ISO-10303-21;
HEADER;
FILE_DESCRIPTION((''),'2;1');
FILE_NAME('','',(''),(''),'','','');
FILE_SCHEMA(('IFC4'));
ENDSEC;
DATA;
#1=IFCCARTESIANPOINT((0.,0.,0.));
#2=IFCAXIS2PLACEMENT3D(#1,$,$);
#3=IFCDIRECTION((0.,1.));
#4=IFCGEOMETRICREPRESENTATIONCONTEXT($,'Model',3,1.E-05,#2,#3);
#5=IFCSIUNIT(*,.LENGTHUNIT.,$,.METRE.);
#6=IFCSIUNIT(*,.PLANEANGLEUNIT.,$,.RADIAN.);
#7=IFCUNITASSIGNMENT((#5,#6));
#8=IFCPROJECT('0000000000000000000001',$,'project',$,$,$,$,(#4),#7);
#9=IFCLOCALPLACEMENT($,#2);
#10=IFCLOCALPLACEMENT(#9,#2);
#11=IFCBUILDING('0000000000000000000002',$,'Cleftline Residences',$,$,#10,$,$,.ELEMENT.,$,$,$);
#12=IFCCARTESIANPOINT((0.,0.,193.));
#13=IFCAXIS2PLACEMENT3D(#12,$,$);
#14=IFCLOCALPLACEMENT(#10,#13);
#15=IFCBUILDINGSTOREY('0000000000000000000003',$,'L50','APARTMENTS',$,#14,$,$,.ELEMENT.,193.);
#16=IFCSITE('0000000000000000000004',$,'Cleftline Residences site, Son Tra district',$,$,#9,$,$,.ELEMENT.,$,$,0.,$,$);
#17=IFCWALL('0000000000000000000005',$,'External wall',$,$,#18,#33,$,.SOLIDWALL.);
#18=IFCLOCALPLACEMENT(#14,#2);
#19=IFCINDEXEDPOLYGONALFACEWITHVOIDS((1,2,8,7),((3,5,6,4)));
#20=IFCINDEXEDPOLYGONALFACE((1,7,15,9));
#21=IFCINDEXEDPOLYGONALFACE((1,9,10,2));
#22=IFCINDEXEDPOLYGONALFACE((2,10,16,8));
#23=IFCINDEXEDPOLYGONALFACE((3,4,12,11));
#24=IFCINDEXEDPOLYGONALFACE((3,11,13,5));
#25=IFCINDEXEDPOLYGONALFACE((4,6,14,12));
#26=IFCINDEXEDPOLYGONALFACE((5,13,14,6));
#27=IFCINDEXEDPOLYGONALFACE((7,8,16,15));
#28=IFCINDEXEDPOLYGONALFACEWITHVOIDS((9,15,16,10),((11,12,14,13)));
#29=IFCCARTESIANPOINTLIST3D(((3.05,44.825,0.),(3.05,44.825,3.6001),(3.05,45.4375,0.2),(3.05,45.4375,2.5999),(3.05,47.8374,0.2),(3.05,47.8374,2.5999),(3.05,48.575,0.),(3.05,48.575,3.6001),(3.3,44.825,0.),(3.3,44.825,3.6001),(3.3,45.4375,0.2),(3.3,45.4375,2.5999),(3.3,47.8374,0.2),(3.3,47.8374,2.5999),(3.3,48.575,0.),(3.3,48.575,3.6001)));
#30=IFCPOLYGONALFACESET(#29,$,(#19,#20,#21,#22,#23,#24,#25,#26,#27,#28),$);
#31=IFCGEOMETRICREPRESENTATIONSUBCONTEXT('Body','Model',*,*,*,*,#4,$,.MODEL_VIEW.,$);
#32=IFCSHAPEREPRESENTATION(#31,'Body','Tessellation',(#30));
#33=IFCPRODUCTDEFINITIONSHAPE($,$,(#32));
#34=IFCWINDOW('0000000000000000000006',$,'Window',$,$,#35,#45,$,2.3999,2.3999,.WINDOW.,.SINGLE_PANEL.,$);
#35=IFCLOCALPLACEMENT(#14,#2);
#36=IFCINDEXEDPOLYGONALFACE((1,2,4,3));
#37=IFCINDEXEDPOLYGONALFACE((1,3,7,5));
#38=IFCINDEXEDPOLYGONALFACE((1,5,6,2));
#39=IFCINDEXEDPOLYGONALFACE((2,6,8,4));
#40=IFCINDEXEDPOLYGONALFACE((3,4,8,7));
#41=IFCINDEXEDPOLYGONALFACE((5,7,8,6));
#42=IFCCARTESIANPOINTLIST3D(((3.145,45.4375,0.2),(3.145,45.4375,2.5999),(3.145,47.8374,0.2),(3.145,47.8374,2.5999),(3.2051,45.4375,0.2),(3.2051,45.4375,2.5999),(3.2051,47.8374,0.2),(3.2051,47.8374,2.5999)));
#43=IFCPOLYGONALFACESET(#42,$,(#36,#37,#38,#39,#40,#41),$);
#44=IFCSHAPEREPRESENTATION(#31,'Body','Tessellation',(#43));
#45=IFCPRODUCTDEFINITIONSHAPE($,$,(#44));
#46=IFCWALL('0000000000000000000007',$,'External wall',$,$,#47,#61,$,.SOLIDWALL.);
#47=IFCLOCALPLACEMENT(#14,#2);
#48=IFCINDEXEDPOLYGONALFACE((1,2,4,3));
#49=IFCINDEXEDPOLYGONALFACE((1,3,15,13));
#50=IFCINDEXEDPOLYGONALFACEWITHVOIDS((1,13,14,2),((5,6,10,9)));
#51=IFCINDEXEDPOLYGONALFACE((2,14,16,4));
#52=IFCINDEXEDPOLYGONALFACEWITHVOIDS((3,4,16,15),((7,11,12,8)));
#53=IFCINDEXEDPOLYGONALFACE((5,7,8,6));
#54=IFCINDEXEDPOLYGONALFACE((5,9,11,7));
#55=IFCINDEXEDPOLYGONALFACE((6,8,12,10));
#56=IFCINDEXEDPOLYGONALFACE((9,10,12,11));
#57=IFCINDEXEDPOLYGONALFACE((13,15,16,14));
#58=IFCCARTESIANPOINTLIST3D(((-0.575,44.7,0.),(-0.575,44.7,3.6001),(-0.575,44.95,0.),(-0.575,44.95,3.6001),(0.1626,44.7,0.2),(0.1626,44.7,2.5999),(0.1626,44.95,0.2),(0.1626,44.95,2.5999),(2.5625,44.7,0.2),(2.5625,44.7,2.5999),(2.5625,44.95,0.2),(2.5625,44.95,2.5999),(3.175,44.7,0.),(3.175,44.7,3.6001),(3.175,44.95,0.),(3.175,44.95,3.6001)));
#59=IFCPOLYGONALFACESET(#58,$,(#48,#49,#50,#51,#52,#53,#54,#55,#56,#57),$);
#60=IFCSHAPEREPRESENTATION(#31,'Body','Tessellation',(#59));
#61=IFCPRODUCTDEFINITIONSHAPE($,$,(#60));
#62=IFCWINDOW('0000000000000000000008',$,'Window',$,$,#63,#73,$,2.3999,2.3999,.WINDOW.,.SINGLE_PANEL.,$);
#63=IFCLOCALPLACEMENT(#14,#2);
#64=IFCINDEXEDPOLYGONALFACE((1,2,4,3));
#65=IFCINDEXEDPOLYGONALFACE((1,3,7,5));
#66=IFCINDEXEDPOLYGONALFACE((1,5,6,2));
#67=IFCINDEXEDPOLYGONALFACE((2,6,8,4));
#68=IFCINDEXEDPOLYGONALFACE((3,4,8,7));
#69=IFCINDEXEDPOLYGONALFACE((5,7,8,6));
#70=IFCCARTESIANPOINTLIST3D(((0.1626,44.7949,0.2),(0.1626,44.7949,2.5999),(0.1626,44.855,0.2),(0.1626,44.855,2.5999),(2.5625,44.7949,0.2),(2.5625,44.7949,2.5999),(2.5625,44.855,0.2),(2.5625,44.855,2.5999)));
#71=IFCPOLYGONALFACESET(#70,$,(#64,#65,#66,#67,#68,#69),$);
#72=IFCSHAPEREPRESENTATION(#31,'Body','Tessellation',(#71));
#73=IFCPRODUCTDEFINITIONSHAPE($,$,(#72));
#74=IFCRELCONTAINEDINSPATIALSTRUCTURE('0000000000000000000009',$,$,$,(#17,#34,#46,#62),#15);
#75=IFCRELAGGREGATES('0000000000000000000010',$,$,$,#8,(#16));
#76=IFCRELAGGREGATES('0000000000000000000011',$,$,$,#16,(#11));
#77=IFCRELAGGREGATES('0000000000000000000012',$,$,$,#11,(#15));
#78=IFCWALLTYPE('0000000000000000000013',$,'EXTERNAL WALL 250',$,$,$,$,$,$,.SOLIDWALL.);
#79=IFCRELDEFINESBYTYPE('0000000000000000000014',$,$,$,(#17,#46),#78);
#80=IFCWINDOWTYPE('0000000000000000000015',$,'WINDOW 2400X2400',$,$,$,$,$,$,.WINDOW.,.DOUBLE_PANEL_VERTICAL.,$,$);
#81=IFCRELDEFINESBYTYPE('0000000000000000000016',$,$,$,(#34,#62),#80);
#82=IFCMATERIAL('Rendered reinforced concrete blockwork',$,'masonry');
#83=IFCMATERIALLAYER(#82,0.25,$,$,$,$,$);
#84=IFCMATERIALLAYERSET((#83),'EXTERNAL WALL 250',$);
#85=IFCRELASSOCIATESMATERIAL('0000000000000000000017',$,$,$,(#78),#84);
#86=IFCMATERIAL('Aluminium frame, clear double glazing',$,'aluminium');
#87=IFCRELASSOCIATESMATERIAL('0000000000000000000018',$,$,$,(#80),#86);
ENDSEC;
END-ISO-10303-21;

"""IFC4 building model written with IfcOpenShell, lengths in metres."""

from ifc_helpers import new_model, si_unit, direction, frame, frame_2d, origin, place, context, subcontext, project, spatial, rectangle, extrude, material, layer, layer_set, type_object, element, fill, save


model = new_model("IFC4")

# Units and contexts
model_context = context("Model", 3, precision=1e-05, world=origin(), true_north=direction((0.0, 1.0)))
body_context = subcontext(model_context, "Body", "Model", "MODEL_VIEW")
ifc_project = project(units=[si_unit("LENGTHUNIT", "METRE"), si_unit("PLANEANGLEUNIT", "RADIAN")], contexts=[model_context])

# Site, building, storey
site_placement = place(None, origin())
site = spatial("IfcSite", under=ifc_project, at=site_placement, Name="Cleftline Residences site, Son Tra district", CompositionType="ELEMENT", RefElevation=0.0)
building_placement = place(site_placement, origin())
building = spatial("IfcBuilding", under=site, at=building_placement, Name="Cleftline Residences", CompositionType="ELEMENT")
storey_placement = place(building_placement, frame((0.0, 0.0, 193.0)))
storey = spatial("IfcBuildingStorey", under=building, at=storey_placement, Name="L50", Description="APARTMENTS", CompositionType="ELEMENT", Elevation=193.0)

# Walls, openings, windows
ifc_material_1 = material(Name="Rendered reinforced concrete blockwork", Category="masonry")
ifc_layer_1 = layer(ifc_material_1, 0.25)
ifc_layer_set_1 = layer_set([ifc_layer_1], Name="EXTERNAL WALL 250")
wall_type_1 = type_object("IfcWallType", Name="EXTERNAL WALL 250", PredefinedType="SOLIDWALL", material=ifc_layer_set_1)
wall_1_placement = place(storey_placement, frame((3.175, 48.575, 0.0), z_axis=(0.0, 0.0, 1.0), x_axis=(0.0, -1.0, 0.0)))
wall_1 = element("IfcWall", 1, at=wall_1_placement, inside=storey, type_object=wall_type_1, Name="External wall", PredefinedType="SOLIDWALL", context=body_context, shape_type="SweptSolid", body=[
    extrude(rectangle(XDim=3.75, YDim=0.25, at=frame_2d((1.875, 0.0))), origin(), (0.0, 0.0, 1.0), 3.6001),
])
opening_1_placement = place(wall_1_placement, frame((0.7375, 0.0, 0.2)))
opening_1 = element("IfcOpeningElement", 2, at=opening_1_placement, cuts=wall_1, PredefinedType="OPENING", context=body_context, shape_type="SweptSolid", body=[
    extrude(rectangle(XDim=2.3999, YDim=2.3999, at=frame_2d((1.2, 1.2))), frame((0.0, 0.135, 0.0), z_axis=(0.0, -1.0, 0.0), x_axis=(1.0, 0.0, 0.0)), (0.0, 0.0, 1.0), 0.27),
])
ifc_material_2 = material(Name="Aluminium frame, clear double glazing", Category="aluminium")
window_type_1 = type_object("IfcWindowType", Name="WINDOW 2400X2400", PartitioningType="DOUBLE_PANEL_VERTICAL", PredefinedType="WINDOW", material=ifc_material_2)
window_1_placement = place(opening_1_placement, origin())
window_1 = element("IfcWindow", 3, at=window_1_placement, inside=storey, type_object=window_type_1, Name="Window", OverallHeight=2.3999, OverallWidth=2.3999, PartitioningType="SINGLE_PANEL", PredefinedType="WINDOW", context=body_context, shape_type="SweptSolid", body=[
    extrude(rectangle(XDim=2.3999, YDim=2.3999, at=frame_2d((1.2, 1.2))), frame((0.0, 0.03, 0.0), z_axis=(0.0, -1.0, 0.0), x_axis=(1.0, 0.0, 0.0)), (0.0, 0.0, 1.0), 0.0601),
])
fill(opening_1, window_1)
wall_2_placement = place(storey_placement, frame((3.175, 44.825, 0.0), z_axis=(0.0, 0.0, 1.0), x_axis=(-1.0, 0.0, 0.0)))
wall_2 = element("IfcWall", 4, at=wall_2_placement, inside=storey, type_object=wall_type_1, Name="External wall", PredefinedType="SOLIDWALL", context=body_context, shape_type="SweptSolid", body=[
    extrude(rectangle(XDim=3.75, YDim=0.25, at=frame_2d((1.875, 0.0))), origin(), (0.0, 0.0, 1.0), 3.6001),
])
opening_2_placement = place(wall_2_placement, frame((0.6125, 0.0, 0.2)))
opening_2 = element("IfcOpeningElement", 5, at=opening_2_placement, cuts=wall_2, PredefinedType="OPENING", context=body_context, shape_type="SweptSolid", body=[
    extrude(rectangle(XDim=2.3999, YDim=2.3999, at=frame_2d((1.2, 1.2))), frame((0.0, 0.135, 0.0), z_axis=(0.0, -1.0, 0.0), x_axis=(1.0, 0.0, 0.0)), (0.0, 0.0, 1.0), 0.27),
])
window_2_placement = place(opening_2_placement, origin())
window_2 = element("IfcWindow", 6, at=window_2_placement, inside=storey, type_object=window_type_1, Name="Window", OverallHeight=2.3999, OverallWidth=2.3999, PartitioningType="SINGLE_PANEL", PredefinedType="WINDOW", context=body_context, shape_type="SweptSolid", body=[
    extrude(rectangle(XDim=2.3999, YDim=2.3999, at=frame_2d((1.2, 1.2))), frame((0.0, 0.03, 0.0), z_axis=(0.0, -1.0, 0.0), x_axis=(1.0, 0.0, 0.0)), (0.0, 0.0, 1.0), 0.0601),
])
fill(opening_2, window_2)

save(model, "model.ifc")
